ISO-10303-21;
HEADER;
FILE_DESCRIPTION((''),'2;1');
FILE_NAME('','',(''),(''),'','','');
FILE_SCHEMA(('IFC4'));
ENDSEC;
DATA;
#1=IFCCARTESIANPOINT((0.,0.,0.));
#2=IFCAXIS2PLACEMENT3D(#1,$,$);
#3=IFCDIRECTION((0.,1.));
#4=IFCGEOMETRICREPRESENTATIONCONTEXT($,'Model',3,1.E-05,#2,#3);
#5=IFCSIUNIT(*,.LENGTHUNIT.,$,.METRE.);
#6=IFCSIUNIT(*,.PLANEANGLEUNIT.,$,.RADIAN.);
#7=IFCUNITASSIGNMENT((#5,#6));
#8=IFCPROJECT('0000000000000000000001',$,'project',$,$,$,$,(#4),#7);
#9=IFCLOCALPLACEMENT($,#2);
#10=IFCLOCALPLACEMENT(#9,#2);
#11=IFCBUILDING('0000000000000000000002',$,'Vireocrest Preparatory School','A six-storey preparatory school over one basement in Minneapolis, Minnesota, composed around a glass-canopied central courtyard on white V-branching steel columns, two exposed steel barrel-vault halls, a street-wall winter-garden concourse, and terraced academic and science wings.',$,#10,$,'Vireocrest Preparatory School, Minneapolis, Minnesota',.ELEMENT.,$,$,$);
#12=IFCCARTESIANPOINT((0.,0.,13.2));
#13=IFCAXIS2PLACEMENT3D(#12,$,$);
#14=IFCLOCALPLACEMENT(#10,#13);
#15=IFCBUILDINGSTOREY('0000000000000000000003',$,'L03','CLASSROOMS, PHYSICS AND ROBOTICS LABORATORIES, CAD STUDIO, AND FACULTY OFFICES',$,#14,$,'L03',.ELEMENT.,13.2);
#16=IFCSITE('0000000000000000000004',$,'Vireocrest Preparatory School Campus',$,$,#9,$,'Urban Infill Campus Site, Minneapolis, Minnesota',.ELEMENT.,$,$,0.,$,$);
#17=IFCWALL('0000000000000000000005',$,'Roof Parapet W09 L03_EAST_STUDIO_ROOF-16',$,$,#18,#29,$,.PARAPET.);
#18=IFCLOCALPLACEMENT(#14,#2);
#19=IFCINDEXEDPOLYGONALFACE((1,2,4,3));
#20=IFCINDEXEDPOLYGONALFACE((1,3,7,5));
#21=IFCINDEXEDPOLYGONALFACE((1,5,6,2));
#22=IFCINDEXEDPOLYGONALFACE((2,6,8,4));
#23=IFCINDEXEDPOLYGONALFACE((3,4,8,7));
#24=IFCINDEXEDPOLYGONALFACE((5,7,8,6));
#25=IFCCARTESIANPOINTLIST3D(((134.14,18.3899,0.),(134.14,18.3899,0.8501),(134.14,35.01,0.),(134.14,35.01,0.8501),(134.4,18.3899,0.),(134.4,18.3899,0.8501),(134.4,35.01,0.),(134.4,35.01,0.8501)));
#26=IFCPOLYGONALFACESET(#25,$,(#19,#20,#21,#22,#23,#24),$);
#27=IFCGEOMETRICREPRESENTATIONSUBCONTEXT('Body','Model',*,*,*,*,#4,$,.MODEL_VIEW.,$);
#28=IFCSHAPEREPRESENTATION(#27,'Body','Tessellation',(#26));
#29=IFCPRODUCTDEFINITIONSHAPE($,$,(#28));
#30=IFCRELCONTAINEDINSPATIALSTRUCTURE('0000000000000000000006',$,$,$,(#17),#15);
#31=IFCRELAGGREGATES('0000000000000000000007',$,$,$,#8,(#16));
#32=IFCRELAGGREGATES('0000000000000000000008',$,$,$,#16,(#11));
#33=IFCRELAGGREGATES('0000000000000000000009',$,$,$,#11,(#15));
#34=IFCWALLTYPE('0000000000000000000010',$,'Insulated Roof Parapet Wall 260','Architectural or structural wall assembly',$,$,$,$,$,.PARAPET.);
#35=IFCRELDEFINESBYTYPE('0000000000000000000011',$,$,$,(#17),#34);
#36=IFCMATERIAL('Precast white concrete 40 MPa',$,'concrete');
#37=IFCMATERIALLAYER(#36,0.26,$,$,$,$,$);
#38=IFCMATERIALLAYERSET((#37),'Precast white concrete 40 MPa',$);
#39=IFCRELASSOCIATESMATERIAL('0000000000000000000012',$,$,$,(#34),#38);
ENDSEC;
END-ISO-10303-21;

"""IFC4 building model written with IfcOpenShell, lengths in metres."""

from ifc_helpers import new_model, si_unit, direction, frame, frame_2d, origin, place, context, subcontext, project, spatial, rectangle, extrude, material, layer, layer_set, type_object, element, save


model = new_model("IFC4")

# Units and contexts
model_context = context("Model", 3, precision=1e-05, world=origin(), true_north=direction((0.0, 1.0)))
body_context = subcontext(model_context, "Body", "Model", "MODEL_VIEW")
ifc_project = project(units=[si_unit("LENGTHUNIT", "METRE"), si_unit("PLANEANGLEUNIT", "RADIAN")], contexts=[model_context])

# Site, building, storey
site_placement = place(None, origin())
site = spatial("IfcSite", under=ifc_project, at=site_placement, Name="Vireocrest Preparatory School Campus", LongName="Urban Infill Campus Site, Minneapolis, Minnesota", CompositionType="ELEMENT", RefElevation=0.0)
building_placement = place(site_placement, origin())
building = spatial("IfcBuilding", under=site, at=building_placement, Name="Vireocrest Preparatory School", Description="A six-storey preparatory school over one basement in Minneapolis, Minnesota, composed around a glass-canopied central courtyard on white V-branching steel columns, two exposed steel barrel-vault halls, a street-wall winter-garden concourse, and terraced academic and science wings.", LongName="Vireocrest Preparatory School, Minneapolis, Minnesota", CompositionType="ELEMENT")
storey_placement = place(building_placement, frame((0.0, 0.0, 13.2)))
storey = spatial("IfcBuildingStorey", under=building, at=storey_placement, Name="L03", Description="CLASSROOMS, PHYSICS AND ROBOTICS LABORATORIES, CAD STUDIO, AND FACULTY OFFICES", LongName="L03", CompositionType="ELEMENT", Elevation=13.2)

# Wall
ifc_material_1 = material(Name="Precast white concrete 40 MPa", Category="concrete")
ifc_layer_1 = layer(ifc_material_1, 0.26)
ifc_layer_set_1 = layer_set([ifc_layer_1], Name="Precast white concrete 40 MPa")
wall_type = type_object("IfcWallType", Name="Insulated Roof Parapet Wall 260", Description="Architectural or structural wall assembly", PredefinedType="PARAPET", material=ifc_layer_set_1)
wall_placement = place(storey_placement, frame((134.27, 18.3899, 0.0), z_axis=(0.0, 0.0, 1.0), x_axis=(0.0, 1.0, 0.0)))
element("IfcWall", 1, at=wall_placement, inside=storey, type_object=wall_type, Name="Roof Parapet W09 L03_EAST_STUDIO_ROOF-16", PredefinedType="PARAPET", context=body_context, shape_type="SweptSolid", body=[
    extrude(rectangle(XDim=16.6201, YDim=0.26, at=frame_2d((8.3101, 0.0))), origin(), (0.0, 0.0, 1.0), 0.8501),
])

save(model, "model.ifc")
